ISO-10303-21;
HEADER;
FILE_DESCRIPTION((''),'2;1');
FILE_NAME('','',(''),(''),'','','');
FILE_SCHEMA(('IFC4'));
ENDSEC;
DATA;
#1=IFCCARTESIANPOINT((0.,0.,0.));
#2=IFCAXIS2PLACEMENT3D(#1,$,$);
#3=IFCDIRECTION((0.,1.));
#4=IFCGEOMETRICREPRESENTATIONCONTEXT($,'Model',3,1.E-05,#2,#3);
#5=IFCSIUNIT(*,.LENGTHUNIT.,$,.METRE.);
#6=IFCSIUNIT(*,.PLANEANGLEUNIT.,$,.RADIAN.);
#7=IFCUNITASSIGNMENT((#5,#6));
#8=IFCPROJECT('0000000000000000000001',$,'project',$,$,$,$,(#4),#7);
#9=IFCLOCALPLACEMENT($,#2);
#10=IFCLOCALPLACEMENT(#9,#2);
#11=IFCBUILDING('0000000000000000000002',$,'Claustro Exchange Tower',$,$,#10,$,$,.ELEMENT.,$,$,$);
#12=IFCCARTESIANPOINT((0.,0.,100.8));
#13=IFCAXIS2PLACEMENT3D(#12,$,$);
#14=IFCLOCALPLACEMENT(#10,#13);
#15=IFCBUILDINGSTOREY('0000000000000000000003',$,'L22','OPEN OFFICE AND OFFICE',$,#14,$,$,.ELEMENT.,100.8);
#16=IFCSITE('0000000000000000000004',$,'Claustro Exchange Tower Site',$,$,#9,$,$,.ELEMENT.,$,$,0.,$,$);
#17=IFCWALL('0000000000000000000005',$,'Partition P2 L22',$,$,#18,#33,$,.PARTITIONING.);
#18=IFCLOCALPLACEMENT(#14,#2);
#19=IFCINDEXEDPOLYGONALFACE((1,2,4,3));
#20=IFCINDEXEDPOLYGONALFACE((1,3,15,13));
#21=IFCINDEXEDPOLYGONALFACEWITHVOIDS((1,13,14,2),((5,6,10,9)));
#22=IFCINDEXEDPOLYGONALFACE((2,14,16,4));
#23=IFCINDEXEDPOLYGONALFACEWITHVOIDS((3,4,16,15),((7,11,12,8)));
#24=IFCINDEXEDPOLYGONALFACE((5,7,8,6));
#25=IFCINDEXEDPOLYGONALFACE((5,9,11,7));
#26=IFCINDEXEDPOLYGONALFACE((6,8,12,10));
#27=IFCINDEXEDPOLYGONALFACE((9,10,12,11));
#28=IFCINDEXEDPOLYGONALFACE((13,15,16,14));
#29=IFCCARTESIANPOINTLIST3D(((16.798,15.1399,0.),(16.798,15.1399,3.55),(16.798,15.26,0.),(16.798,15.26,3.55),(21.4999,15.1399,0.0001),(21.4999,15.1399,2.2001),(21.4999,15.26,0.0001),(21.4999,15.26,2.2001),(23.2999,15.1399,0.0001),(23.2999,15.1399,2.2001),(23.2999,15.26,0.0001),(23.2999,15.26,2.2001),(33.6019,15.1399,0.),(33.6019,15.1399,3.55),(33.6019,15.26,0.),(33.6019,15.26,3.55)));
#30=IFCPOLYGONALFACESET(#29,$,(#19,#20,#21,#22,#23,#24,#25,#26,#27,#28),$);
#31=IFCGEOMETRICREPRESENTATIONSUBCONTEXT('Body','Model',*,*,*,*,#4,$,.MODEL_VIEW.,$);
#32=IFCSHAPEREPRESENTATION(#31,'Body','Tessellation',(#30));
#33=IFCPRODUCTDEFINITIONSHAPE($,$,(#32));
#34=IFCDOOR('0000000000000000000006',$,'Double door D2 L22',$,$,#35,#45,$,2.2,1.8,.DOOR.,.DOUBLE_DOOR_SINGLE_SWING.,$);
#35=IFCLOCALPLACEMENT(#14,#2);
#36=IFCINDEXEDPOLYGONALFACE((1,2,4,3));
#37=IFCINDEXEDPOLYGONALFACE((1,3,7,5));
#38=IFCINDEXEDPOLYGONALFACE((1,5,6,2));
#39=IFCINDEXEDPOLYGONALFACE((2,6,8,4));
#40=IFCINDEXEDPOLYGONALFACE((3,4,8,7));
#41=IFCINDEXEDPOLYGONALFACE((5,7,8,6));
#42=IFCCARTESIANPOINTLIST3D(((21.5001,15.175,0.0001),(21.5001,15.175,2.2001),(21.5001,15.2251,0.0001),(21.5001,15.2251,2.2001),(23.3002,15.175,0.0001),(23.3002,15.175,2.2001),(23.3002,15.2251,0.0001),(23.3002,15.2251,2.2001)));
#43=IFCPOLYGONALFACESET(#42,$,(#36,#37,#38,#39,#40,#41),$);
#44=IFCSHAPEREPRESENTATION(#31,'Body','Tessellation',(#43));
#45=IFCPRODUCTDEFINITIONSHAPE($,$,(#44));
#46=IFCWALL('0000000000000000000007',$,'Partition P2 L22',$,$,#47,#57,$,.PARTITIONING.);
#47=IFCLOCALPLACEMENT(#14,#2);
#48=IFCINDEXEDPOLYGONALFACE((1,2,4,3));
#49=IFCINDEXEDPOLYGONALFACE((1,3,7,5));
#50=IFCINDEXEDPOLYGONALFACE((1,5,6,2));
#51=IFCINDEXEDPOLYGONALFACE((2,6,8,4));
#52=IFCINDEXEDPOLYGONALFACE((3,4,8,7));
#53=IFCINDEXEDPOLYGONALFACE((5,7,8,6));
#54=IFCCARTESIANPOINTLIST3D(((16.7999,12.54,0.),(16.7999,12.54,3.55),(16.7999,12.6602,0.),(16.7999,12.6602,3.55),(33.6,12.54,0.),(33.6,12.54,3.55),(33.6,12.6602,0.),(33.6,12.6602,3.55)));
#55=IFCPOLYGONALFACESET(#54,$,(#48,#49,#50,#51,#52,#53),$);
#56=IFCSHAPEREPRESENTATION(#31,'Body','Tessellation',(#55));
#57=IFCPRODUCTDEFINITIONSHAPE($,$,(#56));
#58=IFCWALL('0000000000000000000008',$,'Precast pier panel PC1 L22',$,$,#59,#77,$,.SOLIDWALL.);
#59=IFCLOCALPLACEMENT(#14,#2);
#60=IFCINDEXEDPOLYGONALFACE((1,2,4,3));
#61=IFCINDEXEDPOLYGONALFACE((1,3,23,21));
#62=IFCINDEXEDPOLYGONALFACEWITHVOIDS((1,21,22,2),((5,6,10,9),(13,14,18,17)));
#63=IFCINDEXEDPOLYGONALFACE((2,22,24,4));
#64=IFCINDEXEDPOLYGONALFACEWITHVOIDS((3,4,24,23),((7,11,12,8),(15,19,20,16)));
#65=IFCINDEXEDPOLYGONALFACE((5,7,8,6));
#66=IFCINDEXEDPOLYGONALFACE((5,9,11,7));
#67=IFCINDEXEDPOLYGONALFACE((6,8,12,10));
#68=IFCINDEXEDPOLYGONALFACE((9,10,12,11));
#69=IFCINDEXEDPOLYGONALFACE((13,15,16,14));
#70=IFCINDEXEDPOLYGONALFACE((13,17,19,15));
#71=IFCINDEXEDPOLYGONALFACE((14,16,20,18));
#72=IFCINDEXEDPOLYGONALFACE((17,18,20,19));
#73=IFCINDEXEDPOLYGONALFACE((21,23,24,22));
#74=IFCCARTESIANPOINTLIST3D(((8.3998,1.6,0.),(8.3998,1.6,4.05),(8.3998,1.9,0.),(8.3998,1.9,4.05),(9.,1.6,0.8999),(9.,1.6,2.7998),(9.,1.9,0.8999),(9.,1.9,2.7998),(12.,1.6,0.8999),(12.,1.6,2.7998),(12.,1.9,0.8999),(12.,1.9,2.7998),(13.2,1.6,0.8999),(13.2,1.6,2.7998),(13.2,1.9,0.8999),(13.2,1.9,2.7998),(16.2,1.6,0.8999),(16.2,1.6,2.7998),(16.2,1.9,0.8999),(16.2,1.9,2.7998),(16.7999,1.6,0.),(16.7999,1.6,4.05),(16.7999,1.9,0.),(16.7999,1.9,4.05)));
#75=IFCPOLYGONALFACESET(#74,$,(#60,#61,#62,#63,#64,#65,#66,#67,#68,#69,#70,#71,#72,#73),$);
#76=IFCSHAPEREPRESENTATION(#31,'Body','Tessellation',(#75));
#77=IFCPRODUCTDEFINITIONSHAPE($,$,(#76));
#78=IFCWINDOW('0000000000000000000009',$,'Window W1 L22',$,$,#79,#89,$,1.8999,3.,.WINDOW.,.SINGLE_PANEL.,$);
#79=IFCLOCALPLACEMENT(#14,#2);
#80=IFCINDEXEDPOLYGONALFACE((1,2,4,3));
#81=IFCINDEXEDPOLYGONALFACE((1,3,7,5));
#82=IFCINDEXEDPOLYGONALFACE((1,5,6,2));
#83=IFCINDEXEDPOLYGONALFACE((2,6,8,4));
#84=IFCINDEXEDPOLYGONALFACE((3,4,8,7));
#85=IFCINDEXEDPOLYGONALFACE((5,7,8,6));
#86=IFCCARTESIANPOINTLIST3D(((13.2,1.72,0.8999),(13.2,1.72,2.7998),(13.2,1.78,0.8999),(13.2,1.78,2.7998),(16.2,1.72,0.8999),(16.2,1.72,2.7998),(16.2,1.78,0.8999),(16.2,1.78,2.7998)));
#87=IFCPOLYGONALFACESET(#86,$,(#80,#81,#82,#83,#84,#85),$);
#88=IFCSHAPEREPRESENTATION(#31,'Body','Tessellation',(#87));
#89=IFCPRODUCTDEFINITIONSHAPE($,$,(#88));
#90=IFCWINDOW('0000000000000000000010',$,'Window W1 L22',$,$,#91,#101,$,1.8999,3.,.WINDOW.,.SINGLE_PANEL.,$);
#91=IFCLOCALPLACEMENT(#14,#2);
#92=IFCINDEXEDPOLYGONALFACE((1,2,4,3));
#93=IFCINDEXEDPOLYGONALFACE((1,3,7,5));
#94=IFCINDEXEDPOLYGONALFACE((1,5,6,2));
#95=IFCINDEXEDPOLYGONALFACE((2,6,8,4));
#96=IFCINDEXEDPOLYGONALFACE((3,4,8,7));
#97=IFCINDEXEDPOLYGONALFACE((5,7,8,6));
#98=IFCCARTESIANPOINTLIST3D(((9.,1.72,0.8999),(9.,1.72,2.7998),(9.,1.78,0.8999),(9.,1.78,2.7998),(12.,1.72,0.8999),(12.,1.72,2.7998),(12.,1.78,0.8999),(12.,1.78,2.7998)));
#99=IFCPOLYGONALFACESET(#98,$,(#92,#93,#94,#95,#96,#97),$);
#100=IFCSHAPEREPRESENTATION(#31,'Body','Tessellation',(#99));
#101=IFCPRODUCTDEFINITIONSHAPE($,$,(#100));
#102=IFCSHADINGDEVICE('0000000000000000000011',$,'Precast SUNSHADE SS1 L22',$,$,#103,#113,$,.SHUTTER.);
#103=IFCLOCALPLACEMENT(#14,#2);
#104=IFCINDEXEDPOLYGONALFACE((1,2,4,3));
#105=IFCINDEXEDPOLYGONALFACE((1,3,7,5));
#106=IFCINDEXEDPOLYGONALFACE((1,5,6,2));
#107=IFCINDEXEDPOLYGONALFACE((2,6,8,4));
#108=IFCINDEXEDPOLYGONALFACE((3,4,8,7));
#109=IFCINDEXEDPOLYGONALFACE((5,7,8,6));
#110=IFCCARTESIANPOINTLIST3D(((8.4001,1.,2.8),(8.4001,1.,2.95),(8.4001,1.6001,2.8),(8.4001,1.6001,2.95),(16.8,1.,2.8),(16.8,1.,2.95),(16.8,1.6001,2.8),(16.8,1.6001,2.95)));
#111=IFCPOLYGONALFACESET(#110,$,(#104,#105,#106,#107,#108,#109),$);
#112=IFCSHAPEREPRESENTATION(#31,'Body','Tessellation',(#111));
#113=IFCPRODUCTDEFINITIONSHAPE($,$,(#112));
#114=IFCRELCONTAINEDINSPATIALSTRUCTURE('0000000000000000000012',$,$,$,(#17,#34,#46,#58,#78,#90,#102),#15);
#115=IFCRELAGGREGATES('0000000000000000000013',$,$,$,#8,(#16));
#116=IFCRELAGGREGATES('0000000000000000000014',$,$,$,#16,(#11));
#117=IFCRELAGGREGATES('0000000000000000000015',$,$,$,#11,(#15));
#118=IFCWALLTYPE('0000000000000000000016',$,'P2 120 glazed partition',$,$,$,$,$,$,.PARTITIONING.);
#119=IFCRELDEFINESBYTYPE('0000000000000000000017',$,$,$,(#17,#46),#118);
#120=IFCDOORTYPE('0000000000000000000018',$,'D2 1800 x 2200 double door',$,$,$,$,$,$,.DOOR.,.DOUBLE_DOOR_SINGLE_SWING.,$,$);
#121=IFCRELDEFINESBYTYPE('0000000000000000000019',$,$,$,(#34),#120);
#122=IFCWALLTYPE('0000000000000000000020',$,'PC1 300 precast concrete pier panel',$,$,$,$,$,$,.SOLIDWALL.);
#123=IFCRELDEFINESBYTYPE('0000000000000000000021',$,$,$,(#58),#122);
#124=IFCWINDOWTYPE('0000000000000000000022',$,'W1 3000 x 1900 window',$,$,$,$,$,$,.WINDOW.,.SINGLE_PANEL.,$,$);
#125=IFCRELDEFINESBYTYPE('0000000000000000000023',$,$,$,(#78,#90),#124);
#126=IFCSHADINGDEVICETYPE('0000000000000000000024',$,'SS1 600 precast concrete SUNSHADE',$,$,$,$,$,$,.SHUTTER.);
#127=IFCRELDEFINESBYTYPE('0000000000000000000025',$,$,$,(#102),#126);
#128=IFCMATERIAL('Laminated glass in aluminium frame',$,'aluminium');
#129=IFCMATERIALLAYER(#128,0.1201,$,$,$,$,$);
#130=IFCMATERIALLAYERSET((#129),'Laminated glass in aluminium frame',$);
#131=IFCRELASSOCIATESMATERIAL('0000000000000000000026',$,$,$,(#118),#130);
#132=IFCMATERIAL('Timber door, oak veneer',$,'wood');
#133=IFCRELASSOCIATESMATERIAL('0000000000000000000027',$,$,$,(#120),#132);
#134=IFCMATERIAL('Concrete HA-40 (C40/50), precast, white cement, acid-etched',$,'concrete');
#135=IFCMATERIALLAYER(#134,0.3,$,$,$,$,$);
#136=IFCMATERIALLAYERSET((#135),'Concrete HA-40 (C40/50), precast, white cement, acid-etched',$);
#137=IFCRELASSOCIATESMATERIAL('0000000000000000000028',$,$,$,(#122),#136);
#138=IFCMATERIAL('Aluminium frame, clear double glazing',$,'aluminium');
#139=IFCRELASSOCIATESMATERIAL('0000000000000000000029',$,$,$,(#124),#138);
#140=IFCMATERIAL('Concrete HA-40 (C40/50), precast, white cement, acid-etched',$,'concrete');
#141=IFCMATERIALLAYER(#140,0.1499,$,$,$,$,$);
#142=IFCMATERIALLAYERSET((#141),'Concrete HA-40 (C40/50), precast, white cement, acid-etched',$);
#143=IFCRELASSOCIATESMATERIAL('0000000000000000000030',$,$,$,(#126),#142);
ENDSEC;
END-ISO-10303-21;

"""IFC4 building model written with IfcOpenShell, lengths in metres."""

from ifc_helpers import new_model, si_unit, direction, frame, frame_2d, origin, origin_2d, place, context, subcontext, project, spatial, rectangle, extrude, material, layer, layer_set, type_object, element, fill, save


model = new_model("IFC4")

# Units and contexts
model_context = context("Model", 3, precision=1e-05, world=origin(), true_north=direction((0.0, 1.0)))
body_context = subcontext(model_context, "Body", "Model", "MODEL_VIEW")
ifc_project = project(units=[si_unit("LENGTHUNIT", "METRE"), si_unit("PLANEANGLEUNIT", "RADIAN")], contexts=[model_context])

# Site, building, storey
site_placement = place(None, origin())
site = spatial("IfcSite", under=ifc_project, at=site_placement, Name="Claustro Exchange Tower Site", CompositionType="ELEMENT", RefElevation=0.0)
building_placement = place(site_placement, origin())
building = spatial("IfcBuilding", under=site, at=building_placement, Name="Claustro Exchange Tower", CompositionType="ELEMENT")
storey_placement = place(building_placement, frame((0.0, 0.0, 100.8)))
storey = spatial("IfcBuildingStorey", under=building, at=storey_placement, Name="L22", Description="OPEN OFFICE AND OFFICE", CompositionType="ELEMENT", Elevation=100.8)

# Shared definitions
ifc_material_1 = material(Name="Laminated glass in aluminium frame", Category="aluminium")
ifc_layer_1 = layer(ifc_material_1, 0.1201)
ifc_layer_set_1 = layer_set([ifc_layer_1], Name="Laminated glass in aluminium frame")
wall_type_1 = type_object("IfcWallType", Name="P2 120 glazed partition", PredefinedType="PARTITIONING", material=ifc_layer_set_1)

# Wall, opening, door
wall_1_placement = place(storey_placement, frame((16.7981, 15.2, 0.0), z_axis=(0.0, 0.0, 1.0), x_axis=(1.0, 0.0, 0.0)))
wall_1 = element("IfcWall", 1, at=wall_1_placement, inside=storey, type_object=wall_type_1, Name="Partition P2 L22", PredefinedType="PARTITIONING", context=body_context, shape_type="SweptSolid", body=[
    extrude(rectangle(XDim=16.804, YDim=0.1201, at=frame_2d((8.4019, 0.0))), origin(), (0.0, 0.0, 1.0), 3.55),
])
opening_1_placement = place(wall_1_placement, frame((4.7019, 0.0, 0.0)))
opening_1 = element("IfcOpeningElement", 2, at=opening_1_placement, cuts=wall_1, PredefinedType="OPENING", context=body_context, shape_type="SweptSolid", body=[
    extrude(rectangle(XDim=1.8, YDim=2.2, at=frame_2d((0.8999, 1.1001))), frame((0.0, 0.0701, 0.0), z_axis=(0.0, -1.0, 0.0), x_axis=(1.0, 0.0, 0.0)), (0.0, 0.0, 1.0), 0.1401),
])
ifc_material_2 = material(Name="Timber door, oak veneer", Category="wood")
door_type_1 = type_object("IfcDoorType", Name="D2 1800 x 2200 double door", OperationType="DOUBLE_DOOR_SINGLE_SWING", PredefinedType="DOOR", material=ifc_material_2)
door_1_placement = place(opening_1_placement, frame((1.8, 0.0, 0.0), z_axis=(0.0, 0.0, 1.0), x_axis=(-1.0, 0.0, 0.0)))
door_1 = element("IfcDoor", 3, at=door_1_placement, inside=storey, type_object=door_type_1, Name="Double door D2 L22", OperationType="DOUBLE_DOOR_SINGLE_SWING", OverallHeight=2.2, OverallWidth=1.8, PredefinedType="DOOR", context=body_context, shape_type="SweptSolid", body=[
    extrude(rectangle(XDim=1.8, YDim=2.2, at=frame_2d((0.8999, 1.1001))), frame((0.0, 0.0249, 0.0), z_axis=(0.0, -1.0, 0.0), x_axis=(1.0, 0.0, 0.0)), (0.0, 0.0, 1.0), 0.05),
])
fill(opening_1, door_1)

# Wall
wall_2_placement = place(storey_placement, frame((16.8, 12.6001, 0.0), z_axis=(0.0, 0.0, 1.0), x_axis=(1.0, 0.0, 0.0)))
element("IfcWall", 4, at=wall_2_placement, inside=storey, type_object=wall_type_1, Name="Partition P2 L22", PredefinedType="PARTITIONING", context=body_context, shape_type="SweptSolid", body=[
    extrude(rectangle(XDim=16.8, YDim=0.1201, at=frame_2d((8.3999, 0.0))), origin(), (0.0, 0.0, 1.0), 3.55),
])

# Wall, openings, windows
ifc_material_3 = material(Name="Concrete HA-40 (C40/50), precast, white cement, acid-etched", Category="concrete")
ifc_layer_2 = layer(ifc_material_3, 0.3)
ifc_layer_set_2 = layer_set([ifc_layer_2], Name="Concrete HA-40 (C40/50), precast, white cement, acid-etched")
wall_type_2 = type_object("IfcWallType", Name="PC1 300 precast concrete pier panel", PredefinedType="SOLIDWALL", material=ifc_layer_set_2)
wall_3_placement = place(storey_placement, frame((16.8, 1.75, 0.0), z_axis=(0.0, 0.0, 1.0), x_axis=(-1.0, 0.0, 0.0)))
wall_3 = element("IfcWall", 5, at=wall_3_placement, inside=storey, type_object=wall_type_2, Name="Precast pier panel PC1 L22", PredefinedType="SOLIDWALL", context=body_context, shape_type="SweptSolid", body=[
    extrude(rectangle(XDim=8.4001, YDim=0.3, at=frame_2d((4.2002, 0.0))), origin(), (0.0, 0.0, 1.0), 4.05),
])
opening_2_placement = place(wall_3_placement, frame((0.6001, 0.0, 0.8999)))
opening_2 = element("IfcOpeningElement", 6, at=opening_2_placement, cuts=wall_3, PredefinedType="OPENING", context=body_context, shape_type="SweptSolid", body=[
    extrude(rectangle(XDim=3.0, YDim=1.8999, at=frame_2d((1.5, 0.95))), frame((0.0, 0.1599, 0.0), z_axis=(0.0, -1.0, 0.0), x_axis=(1.0, 0.0, 0.0)), (0.0, 0.0, 1.0), 0.3201),
])
opening_3_placement = place(wall_3_placement, frame((4.8, 0.0, 0.8999)))
opening_3 = element("IfcOpeningElement", 7, at=opening_3_placement, cuts=wall_3, PredefinedType="OPENING", context=body_context, shape_type="SweptSolid", body=[
    extrude(rectangle(XDim=3.0, YDim=1.8999, at=frame_2d((1.5, 0.95))), frame((0.0, 0.1599, 0.0), z_axis=(0.0, -1.0, 0.0), x_axis=(1.0, 0.0, 0.0)), (0.0, 0.0, 1.0), 0.3201),
])
ifc_material_4 = material(Name="Aluminium frame, clear double glazing", Category="aluminium")
window_type = type_object("IfcWindowType", Name="W1 3000 x 1900 window", PartitioningType="SINGLE_PANEL", PredefinedType="WINDOW", material=ifc_material_4)
window_1_placement = place(opening_2_placement, origin())
window_1 = element("IfcWindow", 8, at=window_1_placement, inside=storey, type_object=window_type, Name="Window W1 L22", OverallHeight=1.8999, OverallWidth=3.0, PartitioningType="SINGLE_PANEL", PredefinedType="WINDOW", context=body_context, shape_type="SweptSolid", body=[
    extrude(rectangle(XDim=3.0, YDim=1.8999, at=frame_2d((1.5, 0.95))), frame((0.0, 0.03, 0.0), z_axis=(0.0, -1.0, 0.0), x_axis=(1.0, 0.0, 0.0)), (0.0, 0.0, 1.0), 0.0601),
])
fill(opening_2, window_1)
window_2_placement = place(opening_3_placement, origin())
window_2 = element("IfcWindow", 9, at=window_2_placement, inside=storey, type_object=window_type, Name="Window W1 L22", OverallHeight=1.8999, OverallWidth=3.0, PartitioningType="SINGLE_PANEL", PredefinedType="WINDOW", context=body_context, shape_type="SweptSolid", body=[
    extrude(rectangle(XDim=3.0, YDim=1.8999, at=frame_2d((1.5, 0.95))), frame((0.0, 0.03, 0.0), z_axis=(0.0, -1.0, 0.0), x_axis=(1.0, 0.0, 0.0)), (0.0, 0.0, 1.0), 0.0601),
])
fill(opening_3, window_2)

# Shading device
ifc_material_5 = material(Name="Concrete HA-40 (C40/50), precast, white cement, acid-etched", Category="concrete")
ifc_layer_3 = layer(ifc_material_5, 0.1499)
ifc_layer_set_3 = layer_set([ifc_layer_3], Name="Concrete HA-40 (C40/50), precast, white cement, acid-etched")
shading_device_type = type_object("IfcShadingDeviceType", Name="SS1 600 precast concrete SUNSHADE", PredefinedType="SHUTTER", material=ifc_layer_set_3)
shading_device_placement = place(storey_placement, frame((12.6001, 1.3, 2.8), z_axis=(0.0, 0.0, 1.0), x_axis=(-1.0, 0.0, 0.0)))
element("IfcShadingDevice", 10, at=shading_device_placement, inside=storey, type_object=shading_device_type, Name="Precast SUNSHADE SS1 L22", PredefinedType="SHUTTER", context=body_context, shape_type="SweptSolid", body=[
    extrude(rectangle(XDim=8.3999, YDim=0.6001, at=origin_2d()), origin(), (0.0, 0.0, 1.0), 0.1499),
])

save(model, "model.ifc")
